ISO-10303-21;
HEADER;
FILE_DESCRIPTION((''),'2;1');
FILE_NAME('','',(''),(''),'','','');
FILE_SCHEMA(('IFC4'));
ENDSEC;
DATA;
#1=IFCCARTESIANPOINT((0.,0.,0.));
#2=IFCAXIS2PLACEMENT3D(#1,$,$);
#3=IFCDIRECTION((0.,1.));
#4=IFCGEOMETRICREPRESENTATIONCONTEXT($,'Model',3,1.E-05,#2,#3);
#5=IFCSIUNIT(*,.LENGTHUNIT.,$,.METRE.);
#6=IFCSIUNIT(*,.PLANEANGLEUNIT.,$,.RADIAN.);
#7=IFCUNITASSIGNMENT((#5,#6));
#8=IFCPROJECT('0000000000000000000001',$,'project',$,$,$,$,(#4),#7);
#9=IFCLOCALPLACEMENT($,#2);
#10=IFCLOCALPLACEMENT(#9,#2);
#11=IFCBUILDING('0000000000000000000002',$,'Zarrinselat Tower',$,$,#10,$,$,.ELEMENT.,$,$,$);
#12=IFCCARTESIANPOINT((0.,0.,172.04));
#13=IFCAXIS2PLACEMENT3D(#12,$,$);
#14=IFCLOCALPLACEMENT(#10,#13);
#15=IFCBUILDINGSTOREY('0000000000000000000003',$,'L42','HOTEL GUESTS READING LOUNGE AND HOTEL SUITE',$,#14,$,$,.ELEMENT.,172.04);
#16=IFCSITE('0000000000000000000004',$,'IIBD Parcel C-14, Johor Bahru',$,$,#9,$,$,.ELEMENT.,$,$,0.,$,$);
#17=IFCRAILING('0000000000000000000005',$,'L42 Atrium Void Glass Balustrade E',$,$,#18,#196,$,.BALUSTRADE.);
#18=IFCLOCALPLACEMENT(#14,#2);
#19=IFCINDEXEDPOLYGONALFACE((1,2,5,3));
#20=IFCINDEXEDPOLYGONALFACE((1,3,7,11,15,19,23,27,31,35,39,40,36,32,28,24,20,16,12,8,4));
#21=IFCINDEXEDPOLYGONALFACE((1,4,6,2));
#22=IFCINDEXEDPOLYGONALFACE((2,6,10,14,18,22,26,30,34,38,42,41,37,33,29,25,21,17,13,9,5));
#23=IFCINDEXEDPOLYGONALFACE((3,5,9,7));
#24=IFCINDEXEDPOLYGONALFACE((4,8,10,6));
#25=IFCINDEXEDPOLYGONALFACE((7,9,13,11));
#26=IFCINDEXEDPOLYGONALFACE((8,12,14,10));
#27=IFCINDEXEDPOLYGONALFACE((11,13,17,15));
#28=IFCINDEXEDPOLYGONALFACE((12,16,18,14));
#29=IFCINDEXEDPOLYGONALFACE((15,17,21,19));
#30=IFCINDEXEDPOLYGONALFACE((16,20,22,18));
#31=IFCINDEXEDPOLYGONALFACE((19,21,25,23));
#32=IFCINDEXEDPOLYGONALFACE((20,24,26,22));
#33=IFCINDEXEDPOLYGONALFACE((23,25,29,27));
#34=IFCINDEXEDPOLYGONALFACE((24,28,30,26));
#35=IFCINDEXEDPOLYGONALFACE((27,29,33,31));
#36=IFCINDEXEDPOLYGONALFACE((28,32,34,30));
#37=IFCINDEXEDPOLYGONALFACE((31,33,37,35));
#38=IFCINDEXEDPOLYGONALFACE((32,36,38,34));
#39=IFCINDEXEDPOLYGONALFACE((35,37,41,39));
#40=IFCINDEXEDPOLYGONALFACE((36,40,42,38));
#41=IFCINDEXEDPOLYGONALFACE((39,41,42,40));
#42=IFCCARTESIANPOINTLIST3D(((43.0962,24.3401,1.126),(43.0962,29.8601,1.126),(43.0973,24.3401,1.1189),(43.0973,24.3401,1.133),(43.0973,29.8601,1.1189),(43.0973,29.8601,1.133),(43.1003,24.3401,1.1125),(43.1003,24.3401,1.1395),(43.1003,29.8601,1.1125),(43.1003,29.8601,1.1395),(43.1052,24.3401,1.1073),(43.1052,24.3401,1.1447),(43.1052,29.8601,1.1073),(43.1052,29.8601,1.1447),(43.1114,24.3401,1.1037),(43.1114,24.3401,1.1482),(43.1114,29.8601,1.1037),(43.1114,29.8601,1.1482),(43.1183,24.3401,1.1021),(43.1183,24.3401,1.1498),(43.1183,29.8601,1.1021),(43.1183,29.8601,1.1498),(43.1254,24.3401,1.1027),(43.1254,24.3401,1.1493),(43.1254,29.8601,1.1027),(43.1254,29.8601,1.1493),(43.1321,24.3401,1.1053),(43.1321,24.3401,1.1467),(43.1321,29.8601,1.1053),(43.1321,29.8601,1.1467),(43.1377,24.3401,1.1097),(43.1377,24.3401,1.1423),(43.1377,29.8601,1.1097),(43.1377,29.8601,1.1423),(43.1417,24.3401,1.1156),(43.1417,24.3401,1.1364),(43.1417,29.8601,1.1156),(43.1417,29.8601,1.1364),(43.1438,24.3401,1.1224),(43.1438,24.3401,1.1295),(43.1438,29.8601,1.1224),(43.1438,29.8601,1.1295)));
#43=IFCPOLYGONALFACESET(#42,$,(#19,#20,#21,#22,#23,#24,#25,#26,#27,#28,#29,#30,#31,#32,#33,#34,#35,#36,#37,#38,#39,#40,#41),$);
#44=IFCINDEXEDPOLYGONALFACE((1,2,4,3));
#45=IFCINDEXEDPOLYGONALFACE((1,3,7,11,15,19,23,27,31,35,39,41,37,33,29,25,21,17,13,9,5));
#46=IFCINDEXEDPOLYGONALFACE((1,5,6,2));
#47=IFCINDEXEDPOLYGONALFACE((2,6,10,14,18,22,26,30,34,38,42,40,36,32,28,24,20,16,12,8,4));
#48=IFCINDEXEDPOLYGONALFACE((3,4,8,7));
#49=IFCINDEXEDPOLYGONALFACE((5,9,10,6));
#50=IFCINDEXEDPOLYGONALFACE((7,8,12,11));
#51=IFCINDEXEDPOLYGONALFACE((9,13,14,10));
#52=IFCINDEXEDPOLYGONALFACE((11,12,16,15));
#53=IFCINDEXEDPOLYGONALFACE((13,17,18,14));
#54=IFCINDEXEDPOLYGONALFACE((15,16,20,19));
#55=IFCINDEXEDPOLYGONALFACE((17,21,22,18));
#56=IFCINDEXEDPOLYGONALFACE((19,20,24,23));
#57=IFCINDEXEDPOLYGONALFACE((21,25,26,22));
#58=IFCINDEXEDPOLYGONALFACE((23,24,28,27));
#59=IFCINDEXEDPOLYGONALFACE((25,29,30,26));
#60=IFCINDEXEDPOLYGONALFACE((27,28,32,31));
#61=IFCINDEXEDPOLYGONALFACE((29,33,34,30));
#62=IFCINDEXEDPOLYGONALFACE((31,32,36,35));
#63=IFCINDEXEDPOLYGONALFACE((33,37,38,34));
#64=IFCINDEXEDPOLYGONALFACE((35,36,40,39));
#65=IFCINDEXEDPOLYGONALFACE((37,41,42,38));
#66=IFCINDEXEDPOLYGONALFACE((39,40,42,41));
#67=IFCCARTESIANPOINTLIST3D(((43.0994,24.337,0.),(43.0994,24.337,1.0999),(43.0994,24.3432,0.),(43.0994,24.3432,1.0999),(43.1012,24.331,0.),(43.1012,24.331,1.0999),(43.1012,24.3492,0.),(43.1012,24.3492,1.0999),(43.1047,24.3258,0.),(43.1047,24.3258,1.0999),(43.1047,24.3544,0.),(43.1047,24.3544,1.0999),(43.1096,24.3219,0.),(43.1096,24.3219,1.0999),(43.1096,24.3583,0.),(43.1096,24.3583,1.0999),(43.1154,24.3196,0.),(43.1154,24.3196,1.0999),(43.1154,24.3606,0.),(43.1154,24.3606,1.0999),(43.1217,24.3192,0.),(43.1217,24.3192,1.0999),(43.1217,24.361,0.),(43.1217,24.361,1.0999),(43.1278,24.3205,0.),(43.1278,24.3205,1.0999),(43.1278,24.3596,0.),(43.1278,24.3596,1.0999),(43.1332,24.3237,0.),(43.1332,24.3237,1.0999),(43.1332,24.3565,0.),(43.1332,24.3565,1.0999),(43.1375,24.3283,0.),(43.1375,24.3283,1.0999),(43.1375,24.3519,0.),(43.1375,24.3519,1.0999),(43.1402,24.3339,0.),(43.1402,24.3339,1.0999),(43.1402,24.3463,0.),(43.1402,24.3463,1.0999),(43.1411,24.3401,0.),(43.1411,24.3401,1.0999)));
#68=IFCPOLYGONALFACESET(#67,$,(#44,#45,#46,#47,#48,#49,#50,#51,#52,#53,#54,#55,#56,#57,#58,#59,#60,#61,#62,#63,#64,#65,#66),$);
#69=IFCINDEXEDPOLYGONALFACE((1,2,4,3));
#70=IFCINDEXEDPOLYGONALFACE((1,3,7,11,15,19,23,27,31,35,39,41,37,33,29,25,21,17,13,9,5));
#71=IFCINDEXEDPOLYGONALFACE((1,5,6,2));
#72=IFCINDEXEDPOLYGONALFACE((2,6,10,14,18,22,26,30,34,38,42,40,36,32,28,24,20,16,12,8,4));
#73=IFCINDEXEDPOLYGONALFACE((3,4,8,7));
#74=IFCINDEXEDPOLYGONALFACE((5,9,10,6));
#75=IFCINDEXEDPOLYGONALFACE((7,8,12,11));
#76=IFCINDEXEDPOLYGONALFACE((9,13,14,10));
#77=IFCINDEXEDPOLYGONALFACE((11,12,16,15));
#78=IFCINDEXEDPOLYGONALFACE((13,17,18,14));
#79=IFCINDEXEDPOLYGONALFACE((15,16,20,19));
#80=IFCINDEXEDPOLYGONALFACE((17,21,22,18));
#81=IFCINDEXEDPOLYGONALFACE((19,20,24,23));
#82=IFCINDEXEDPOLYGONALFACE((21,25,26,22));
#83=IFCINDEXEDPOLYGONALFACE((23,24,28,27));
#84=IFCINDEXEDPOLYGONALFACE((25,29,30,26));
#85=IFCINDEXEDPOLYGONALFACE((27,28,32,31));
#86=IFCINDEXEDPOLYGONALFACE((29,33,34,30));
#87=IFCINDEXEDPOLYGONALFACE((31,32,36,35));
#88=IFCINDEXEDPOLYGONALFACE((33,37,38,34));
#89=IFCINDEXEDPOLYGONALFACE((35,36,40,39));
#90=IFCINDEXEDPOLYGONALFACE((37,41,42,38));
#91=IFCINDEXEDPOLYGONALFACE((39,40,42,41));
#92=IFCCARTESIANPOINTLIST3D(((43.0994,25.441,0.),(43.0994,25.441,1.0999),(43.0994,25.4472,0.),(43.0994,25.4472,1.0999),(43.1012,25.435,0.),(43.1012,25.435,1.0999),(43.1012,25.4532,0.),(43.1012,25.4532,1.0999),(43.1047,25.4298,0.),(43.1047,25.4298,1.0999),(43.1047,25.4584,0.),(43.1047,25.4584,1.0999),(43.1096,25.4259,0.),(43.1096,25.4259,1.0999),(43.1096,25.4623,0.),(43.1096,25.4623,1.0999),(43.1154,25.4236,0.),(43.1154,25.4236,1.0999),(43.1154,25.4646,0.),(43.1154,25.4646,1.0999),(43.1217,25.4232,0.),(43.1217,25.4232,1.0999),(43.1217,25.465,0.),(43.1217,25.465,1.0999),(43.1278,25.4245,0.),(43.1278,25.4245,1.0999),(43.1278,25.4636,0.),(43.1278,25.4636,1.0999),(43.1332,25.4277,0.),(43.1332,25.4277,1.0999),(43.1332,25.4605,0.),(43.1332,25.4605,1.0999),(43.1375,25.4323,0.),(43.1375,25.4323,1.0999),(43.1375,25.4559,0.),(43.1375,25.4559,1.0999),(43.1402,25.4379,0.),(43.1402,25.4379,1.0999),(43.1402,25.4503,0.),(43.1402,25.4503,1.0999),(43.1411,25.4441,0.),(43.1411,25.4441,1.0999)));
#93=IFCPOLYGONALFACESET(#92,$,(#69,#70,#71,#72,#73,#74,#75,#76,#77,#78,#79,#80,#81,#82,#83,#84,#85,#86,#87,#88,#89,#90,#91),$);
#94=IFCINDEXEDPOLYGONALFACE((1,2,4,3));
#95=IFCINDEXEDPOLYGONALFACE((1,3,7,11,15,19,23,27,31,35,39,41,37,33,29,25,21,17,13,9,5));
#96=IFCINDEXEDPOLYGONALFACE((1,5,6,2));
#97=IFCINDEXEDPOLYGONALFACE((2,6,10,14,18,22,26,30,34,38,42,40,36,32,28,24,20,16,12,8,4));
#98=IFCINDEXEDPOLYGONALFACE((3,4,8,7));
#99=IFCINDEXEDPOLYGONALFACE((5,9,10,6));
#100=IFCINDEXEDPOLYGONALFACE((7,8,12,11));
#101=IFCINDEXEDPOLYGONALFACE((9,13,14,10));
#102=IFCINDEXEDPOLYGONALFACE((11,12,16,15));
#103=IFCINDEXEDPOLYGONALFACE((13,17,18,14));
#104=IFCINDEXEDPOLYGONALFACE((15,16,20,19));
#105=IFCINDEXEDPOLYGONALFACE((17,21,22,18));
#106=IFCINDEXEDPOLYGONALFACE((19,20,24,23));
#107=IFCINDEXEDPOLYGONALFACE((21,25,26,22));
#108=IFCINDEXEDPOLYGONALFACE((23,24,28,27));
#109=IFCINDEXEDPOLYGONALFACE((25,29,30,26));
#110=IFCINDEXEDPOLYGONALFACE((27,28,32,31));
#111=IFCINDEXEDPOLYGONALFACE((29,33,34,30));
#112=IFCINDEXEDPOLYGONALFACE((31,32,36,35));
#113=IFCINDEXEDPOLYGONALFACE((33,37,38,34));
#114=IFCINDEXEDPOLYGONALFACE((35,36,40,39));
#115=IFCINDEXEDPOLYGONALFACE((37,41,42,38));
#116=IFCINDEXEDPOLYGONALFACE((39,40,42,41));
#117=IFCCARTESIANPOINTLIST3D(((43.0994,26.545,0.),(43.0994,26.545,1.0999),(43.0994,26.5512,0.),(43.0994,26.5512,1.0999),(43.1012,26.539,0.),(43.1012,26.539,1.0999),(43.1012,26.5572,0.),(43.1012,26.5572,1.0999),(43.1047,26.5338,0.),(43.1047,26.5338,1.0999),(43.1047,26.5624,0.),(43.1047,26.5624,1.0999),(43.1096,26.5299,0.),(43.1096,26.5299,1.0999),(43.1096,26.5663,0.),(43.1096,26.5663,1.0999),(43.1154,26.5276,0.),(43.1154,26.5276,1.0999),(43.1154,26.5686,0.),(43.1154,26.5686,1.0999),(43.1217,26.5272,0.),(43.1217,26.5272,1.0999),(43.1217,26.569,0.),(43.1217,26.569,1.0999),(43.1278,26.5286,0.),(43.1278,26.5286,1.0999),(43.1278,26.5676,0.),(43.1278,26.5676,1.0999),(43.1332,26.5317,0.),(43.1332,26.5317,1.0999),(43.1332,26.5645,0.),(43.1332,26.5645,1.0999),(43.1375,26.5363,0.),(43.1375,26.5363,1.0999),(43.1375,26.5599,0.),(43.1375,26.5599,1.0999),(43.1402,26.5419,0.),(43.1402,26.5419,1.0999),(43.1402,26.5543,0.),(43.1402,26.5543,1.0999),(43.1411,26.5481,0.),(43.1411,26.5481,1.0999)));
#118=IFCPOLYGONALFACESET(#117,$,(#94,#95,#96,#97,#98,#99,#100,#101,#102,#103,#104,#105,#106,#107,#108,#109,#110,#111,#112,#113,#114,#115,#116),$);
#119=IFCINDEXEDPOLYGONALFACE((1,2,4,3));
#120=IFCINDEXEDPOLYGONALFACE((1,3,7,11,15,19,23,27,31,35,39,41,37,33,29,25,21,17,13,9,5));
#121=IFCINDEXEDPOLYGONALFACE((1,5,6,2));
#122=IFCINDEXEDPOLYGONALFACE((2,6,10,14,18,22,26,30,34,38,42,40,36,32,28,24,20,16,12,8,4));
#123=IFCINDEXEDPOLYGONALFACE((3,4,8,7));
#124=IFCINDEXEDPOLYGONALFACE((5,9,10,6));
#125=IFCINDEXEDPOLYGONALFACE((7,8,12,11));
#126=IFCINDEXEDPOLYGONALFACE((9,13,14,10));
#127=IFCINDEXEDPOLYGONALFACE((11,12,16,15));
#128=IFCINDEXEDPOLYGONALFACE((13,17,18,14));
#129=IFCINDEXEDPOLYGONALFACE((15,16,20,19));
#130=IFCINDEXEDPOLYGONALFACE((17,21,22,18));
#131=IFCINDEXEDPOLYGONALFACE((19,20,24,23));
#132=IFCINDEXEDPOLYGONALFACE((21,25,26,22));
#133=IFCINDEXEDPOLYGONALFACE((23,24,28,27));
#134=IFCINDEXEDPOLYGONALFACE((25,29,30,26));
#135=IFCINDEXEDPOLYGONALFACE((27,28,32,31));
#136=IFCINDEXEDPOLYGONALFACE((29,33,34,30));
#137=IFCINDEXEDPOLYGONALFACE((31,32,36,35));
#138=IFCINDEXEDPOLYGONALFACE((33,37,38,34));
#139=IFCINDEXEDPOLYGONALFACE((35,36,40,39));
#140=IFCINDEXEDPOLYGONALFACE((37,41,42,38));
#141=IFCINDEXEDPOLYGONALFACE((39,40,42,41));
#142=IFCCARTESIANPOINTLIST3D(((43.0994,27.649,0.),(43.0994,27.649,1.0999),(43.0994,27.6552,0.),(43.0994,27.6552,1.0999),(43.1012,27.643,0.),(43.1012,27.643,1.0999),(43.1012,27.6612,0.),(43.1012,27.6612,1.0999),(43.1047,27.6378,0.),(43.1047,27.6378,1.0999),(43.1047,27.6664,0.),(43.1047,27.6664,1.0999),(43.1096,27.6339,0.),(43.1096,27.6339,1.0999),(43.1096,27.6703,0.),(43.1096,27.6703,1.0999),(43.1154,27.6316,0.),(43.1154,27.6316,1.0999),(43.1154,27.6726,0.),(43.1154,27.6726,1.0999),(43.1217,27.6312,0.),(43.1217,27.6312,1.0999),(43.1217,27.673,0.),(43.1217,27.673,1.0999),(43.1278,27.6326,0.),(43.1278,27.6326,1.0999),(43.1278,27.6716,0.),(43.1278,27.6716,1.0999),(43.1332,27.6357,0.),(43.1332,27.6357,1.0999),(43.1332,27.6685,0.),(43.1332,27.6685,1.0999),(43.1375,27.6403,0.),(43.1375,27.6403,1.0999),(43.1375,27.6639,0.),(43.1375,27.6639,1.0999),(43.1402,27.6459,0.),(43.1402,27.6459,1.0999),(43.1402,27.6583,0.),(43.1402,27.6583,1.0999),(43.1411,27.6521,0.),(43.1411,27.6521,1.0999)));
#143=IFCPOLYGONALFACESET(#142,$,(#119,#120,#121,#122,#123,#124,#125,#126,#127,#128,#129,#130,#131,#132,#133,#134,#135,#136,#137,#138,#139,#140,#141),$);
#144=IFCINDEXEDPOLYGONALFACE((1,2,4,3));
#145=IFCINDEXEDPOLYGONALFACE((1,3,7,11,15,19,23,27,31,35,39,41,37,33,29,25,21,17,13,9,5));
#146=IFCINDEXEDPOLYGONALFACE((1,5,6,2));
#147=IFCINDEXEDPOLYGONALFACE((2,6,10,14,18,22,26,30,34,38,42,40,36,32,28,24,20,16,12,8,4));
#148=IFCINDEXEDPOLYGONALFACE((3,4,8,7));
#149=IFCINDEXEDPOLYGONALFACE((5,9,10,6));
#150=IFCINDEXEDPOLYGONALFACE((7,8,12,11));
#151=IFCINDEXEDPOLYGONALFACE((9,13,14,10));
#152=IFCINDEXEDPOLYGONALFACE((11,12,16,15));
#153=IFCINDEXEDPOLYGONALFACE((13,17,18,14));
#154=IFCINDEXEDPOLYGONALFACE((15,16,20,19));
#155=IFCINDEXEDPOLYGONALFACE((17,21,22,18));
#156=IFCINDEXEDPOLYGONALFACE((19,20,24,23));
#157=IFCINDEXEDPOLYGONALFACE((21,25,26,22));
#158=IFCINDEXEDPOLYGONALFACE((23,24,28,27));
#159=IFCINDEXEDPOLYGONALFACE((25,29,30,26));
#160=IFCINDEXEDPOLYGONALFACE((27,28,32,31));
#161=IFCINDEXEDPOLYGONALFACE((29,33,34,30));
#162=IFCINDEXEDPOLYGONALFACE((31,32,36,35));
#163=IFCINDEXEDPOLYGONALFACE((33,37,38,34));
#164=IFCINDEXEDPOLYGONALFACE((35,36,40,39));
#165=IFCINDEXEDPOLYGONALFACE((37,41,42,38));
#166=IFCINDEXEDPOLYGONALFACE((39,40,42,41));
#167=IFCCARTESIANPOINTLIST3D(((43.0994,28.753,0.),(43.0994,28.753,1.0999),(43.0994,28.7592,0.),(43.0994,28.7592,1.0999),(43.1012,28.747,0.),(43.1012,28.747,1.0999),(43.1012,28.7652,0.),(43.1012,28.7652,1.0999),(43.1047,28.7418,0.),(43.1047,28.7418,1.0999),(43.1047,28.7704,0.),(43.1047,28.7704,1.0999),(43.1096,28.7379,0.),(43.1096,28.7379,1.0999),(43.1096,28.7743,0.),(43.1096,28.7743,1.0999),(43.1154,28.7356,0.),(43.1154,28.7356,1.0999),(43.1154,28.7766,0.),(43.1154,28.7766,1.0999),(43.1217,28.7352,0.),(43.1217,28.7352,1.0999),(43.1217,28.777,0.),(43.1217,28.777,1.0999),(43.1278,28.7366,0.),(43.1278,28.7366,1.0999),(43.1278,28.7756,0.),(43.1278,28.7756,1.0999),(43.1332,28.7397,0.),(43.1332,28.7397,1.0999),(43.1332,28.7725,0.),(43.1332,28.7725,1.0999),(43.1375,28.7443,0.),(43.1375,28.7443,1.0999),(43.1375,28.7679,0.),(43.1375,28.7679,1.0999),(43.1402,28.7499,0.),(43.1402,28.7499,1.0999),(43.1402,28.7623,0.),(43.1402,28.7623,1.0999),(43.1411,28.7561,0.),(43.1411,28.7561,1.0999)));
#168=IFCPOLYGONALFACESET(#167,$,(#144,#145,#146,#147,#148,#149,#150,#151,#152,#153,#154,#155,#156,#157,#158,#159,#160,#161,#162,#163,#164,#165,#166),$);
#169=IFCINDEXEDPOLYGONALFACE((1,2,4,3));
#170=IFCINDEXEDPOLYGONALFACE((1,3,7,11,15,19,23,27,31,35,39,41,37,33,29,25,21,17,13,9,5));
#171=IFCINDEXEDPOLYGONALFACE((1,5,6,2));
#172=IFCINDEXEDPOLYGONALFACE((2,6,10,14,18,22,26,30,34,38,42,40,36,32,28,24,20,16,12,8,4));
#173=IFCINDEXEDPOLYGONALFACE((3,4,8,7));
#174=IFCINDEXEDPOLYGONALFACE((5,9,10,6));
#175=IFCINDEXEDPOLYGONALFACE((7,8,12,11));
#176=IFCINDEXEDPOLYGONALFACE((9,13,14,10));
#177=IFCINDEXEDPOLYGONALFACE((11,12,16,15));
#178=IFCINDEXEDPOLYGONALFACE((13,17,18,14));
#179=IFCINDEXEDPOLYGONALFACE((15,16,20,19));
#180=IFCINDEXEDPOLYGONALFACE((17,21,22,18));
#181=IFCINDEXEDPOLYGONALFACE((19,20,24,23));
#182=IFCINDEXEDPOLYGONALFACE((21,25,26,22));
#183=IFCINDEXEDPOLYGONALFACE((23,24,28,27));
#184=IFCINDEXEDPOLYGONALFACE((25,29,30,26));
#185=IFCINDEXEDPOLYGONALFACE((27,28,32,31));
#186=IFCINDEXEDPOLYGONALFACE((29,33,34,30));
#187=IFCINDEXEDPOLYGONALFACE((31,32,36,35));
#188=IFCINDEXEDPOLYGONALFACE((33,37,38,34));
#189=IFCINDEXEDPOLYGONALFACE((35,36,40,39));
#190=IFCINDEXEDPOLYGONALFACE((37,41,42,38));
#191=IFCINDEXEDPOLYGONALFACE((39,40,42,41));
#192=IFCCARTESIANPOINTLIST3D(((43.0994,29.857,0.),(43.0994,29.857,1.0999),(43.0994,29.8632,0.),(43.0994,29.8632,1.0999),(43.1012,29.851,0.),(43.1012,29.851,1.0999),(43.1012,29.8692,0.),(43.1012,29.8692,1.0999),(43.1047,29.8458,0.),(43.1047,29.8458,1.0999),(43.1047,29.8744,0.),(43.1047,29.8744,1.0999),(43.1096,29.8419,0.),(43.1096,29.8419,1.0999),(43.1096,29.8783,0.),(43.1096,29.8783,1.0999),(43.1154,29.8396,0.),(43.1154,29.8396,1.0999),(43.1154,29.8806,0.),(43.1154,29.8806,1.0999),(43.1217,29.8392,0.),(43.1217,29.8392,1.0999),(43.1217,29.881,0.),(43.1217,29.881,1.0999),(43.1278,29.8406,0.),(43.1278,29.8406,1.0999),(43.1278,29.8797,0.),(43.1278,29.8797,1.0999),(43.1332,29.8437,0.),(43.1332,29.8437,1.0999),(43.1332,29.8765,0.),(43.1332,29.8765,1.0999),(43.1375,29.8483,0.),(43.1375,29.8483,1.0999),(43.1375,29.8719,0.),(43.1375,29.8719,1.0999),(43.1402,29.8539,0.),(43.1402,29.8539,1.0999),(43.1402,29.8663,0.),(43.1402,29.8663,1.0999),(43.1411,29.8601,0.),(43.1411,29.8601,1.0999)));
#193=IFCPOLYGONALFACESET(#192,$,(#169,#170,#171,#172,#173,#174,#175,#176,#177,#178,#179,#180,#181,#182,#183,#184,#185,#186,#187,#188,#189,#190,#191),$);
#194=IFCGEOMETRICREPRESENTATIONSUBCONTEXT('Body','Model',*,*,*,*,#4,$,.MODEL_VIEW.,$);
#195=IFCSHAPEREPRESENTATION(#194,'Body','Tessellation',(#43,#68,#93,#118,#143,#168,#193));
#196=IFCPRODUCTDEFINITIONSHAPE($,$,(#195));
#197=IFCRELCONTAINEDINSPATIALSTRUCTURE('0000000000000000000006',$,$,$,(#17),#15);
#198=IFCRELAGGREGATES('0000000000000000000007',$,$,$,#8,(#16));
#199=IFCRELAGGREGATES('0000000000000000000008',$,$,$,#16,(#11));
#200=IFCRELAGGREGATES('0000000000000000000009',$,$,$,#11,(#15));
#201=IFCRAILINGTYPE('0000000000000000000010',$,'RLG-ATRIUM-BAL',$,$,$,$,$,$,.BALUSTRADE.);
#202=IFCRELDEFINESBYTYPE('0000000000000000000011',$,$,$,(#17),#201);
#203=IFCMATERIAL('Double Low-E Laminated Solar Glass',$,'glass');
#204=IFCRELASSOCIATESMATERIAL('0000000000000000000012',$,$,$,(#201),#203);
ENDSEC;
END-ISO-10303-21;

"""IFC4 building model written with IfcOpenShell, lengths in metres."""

from ifc_helpers import new_model, si_unit, direction, frame, origin, origin_2d, place, context, subcontext, project, spatial, circle, extrude, material, type_object, element, save


model = new_model("IFC4")

# Units and contexts
model_context = context("Model", 3, precision=1e-05, world=origin(), true_north=direction((0.0, 1.0)))
body_context = subcontext(model_context, "Body", "Model", "MODEL_VIEW")
ifc_project = project(units=[si_unit("LENGTHUNIT", "METRE"), si_unit("PLANEANGLEUNIT", "RADIAN")], contexts=[model_context])

# Site, building, storey
site_placement = place(None, origin())
site = spatial("IfcSite", under=ifc_project, at=site_placement, Name="IIBD Parcel C-14, Johor Bahru", CompositionType="ELEMENT", RefElevation=0.0)
building_placement = place(site_placement, origin())
building = spatial("IfcBuilding", under=site, at=building_placement, Name="Zarrinselat Tower", CompositionType="ELEMENT")
storey_placement = place(building_placement, frame((0.0, 0.0, 172.04)))
storey = spatial("IfcBuildingStorey", under=building, at=storey_placement, Name="L42", Description="HOTEL GUESTS READING LOUNGE AND HOTEL SUITE", CompositionType="ELEMENT", Elevation=172.04)

# Railing
ifc_material_1 = material(Name="Double Low-E Laminated Solar Glass", Category="glass")
railing_type_1 = type_object("IfcRailingType", Name="RLG-ATRIUM-BAL", PredefinedType="BALUSTRADE", material=ifc_material_1)
railing_1_placement = place(storey_placement, frame((43.1201, 24.3401, 0.0)))
element("IfcRailing", 1, at=railing_1_placement, inside=storey, type_object=railing_type_1, Name="L42 Atrium Void Glass Balustrade E", PredefinedType="BALUSTRADE", context=body_context, shape_type="SweptSolid", body=[
    extrude(circle(Radius=0.0239, at=origin_2d()), frame((0.0, 0.0, 1.126), z_axis=(0.0, 1.0, 0.0), x_axis=(-1.0, 0.0, 0.0)), (0.0, 0.0, 1.0), 5.52),
    extrude(circle(Radius=0.021, at=origin_2d()), origin(), (0.0, 0.0, 1.0), 1.0999),
    extrude(circle(Radius=0.021, at=origin_2d()), frame((0.0, 1.104, 0.0)), (0.0, 0.0, 1.0), 1.0999),
    extrude(circle(Radius=0.021, at=origin_2d()), frame((0.0, 2.208, 0.0)), (0.0, 0.0, 1.0), 1.0999),
    extrude(circle(Radius=0.021, at=origin_2d()), frame((0.0, 3.312, 0.0)), (0.0, 0.0, 1.0), 1.0999),
    extrude(circle(Radius=0.021, at=origin_2d()), frame((0.0, 4.416, 0.0)), (0.0, 0.0, 1.0), 1.0999),
    extrude(circle(Radius=0.021, at=origin_2d()), frame((0.0, 5.52, 0.0)), (0.0, 0.0, 1.0), 1.0999),
])

save(model, "model.ifc")
